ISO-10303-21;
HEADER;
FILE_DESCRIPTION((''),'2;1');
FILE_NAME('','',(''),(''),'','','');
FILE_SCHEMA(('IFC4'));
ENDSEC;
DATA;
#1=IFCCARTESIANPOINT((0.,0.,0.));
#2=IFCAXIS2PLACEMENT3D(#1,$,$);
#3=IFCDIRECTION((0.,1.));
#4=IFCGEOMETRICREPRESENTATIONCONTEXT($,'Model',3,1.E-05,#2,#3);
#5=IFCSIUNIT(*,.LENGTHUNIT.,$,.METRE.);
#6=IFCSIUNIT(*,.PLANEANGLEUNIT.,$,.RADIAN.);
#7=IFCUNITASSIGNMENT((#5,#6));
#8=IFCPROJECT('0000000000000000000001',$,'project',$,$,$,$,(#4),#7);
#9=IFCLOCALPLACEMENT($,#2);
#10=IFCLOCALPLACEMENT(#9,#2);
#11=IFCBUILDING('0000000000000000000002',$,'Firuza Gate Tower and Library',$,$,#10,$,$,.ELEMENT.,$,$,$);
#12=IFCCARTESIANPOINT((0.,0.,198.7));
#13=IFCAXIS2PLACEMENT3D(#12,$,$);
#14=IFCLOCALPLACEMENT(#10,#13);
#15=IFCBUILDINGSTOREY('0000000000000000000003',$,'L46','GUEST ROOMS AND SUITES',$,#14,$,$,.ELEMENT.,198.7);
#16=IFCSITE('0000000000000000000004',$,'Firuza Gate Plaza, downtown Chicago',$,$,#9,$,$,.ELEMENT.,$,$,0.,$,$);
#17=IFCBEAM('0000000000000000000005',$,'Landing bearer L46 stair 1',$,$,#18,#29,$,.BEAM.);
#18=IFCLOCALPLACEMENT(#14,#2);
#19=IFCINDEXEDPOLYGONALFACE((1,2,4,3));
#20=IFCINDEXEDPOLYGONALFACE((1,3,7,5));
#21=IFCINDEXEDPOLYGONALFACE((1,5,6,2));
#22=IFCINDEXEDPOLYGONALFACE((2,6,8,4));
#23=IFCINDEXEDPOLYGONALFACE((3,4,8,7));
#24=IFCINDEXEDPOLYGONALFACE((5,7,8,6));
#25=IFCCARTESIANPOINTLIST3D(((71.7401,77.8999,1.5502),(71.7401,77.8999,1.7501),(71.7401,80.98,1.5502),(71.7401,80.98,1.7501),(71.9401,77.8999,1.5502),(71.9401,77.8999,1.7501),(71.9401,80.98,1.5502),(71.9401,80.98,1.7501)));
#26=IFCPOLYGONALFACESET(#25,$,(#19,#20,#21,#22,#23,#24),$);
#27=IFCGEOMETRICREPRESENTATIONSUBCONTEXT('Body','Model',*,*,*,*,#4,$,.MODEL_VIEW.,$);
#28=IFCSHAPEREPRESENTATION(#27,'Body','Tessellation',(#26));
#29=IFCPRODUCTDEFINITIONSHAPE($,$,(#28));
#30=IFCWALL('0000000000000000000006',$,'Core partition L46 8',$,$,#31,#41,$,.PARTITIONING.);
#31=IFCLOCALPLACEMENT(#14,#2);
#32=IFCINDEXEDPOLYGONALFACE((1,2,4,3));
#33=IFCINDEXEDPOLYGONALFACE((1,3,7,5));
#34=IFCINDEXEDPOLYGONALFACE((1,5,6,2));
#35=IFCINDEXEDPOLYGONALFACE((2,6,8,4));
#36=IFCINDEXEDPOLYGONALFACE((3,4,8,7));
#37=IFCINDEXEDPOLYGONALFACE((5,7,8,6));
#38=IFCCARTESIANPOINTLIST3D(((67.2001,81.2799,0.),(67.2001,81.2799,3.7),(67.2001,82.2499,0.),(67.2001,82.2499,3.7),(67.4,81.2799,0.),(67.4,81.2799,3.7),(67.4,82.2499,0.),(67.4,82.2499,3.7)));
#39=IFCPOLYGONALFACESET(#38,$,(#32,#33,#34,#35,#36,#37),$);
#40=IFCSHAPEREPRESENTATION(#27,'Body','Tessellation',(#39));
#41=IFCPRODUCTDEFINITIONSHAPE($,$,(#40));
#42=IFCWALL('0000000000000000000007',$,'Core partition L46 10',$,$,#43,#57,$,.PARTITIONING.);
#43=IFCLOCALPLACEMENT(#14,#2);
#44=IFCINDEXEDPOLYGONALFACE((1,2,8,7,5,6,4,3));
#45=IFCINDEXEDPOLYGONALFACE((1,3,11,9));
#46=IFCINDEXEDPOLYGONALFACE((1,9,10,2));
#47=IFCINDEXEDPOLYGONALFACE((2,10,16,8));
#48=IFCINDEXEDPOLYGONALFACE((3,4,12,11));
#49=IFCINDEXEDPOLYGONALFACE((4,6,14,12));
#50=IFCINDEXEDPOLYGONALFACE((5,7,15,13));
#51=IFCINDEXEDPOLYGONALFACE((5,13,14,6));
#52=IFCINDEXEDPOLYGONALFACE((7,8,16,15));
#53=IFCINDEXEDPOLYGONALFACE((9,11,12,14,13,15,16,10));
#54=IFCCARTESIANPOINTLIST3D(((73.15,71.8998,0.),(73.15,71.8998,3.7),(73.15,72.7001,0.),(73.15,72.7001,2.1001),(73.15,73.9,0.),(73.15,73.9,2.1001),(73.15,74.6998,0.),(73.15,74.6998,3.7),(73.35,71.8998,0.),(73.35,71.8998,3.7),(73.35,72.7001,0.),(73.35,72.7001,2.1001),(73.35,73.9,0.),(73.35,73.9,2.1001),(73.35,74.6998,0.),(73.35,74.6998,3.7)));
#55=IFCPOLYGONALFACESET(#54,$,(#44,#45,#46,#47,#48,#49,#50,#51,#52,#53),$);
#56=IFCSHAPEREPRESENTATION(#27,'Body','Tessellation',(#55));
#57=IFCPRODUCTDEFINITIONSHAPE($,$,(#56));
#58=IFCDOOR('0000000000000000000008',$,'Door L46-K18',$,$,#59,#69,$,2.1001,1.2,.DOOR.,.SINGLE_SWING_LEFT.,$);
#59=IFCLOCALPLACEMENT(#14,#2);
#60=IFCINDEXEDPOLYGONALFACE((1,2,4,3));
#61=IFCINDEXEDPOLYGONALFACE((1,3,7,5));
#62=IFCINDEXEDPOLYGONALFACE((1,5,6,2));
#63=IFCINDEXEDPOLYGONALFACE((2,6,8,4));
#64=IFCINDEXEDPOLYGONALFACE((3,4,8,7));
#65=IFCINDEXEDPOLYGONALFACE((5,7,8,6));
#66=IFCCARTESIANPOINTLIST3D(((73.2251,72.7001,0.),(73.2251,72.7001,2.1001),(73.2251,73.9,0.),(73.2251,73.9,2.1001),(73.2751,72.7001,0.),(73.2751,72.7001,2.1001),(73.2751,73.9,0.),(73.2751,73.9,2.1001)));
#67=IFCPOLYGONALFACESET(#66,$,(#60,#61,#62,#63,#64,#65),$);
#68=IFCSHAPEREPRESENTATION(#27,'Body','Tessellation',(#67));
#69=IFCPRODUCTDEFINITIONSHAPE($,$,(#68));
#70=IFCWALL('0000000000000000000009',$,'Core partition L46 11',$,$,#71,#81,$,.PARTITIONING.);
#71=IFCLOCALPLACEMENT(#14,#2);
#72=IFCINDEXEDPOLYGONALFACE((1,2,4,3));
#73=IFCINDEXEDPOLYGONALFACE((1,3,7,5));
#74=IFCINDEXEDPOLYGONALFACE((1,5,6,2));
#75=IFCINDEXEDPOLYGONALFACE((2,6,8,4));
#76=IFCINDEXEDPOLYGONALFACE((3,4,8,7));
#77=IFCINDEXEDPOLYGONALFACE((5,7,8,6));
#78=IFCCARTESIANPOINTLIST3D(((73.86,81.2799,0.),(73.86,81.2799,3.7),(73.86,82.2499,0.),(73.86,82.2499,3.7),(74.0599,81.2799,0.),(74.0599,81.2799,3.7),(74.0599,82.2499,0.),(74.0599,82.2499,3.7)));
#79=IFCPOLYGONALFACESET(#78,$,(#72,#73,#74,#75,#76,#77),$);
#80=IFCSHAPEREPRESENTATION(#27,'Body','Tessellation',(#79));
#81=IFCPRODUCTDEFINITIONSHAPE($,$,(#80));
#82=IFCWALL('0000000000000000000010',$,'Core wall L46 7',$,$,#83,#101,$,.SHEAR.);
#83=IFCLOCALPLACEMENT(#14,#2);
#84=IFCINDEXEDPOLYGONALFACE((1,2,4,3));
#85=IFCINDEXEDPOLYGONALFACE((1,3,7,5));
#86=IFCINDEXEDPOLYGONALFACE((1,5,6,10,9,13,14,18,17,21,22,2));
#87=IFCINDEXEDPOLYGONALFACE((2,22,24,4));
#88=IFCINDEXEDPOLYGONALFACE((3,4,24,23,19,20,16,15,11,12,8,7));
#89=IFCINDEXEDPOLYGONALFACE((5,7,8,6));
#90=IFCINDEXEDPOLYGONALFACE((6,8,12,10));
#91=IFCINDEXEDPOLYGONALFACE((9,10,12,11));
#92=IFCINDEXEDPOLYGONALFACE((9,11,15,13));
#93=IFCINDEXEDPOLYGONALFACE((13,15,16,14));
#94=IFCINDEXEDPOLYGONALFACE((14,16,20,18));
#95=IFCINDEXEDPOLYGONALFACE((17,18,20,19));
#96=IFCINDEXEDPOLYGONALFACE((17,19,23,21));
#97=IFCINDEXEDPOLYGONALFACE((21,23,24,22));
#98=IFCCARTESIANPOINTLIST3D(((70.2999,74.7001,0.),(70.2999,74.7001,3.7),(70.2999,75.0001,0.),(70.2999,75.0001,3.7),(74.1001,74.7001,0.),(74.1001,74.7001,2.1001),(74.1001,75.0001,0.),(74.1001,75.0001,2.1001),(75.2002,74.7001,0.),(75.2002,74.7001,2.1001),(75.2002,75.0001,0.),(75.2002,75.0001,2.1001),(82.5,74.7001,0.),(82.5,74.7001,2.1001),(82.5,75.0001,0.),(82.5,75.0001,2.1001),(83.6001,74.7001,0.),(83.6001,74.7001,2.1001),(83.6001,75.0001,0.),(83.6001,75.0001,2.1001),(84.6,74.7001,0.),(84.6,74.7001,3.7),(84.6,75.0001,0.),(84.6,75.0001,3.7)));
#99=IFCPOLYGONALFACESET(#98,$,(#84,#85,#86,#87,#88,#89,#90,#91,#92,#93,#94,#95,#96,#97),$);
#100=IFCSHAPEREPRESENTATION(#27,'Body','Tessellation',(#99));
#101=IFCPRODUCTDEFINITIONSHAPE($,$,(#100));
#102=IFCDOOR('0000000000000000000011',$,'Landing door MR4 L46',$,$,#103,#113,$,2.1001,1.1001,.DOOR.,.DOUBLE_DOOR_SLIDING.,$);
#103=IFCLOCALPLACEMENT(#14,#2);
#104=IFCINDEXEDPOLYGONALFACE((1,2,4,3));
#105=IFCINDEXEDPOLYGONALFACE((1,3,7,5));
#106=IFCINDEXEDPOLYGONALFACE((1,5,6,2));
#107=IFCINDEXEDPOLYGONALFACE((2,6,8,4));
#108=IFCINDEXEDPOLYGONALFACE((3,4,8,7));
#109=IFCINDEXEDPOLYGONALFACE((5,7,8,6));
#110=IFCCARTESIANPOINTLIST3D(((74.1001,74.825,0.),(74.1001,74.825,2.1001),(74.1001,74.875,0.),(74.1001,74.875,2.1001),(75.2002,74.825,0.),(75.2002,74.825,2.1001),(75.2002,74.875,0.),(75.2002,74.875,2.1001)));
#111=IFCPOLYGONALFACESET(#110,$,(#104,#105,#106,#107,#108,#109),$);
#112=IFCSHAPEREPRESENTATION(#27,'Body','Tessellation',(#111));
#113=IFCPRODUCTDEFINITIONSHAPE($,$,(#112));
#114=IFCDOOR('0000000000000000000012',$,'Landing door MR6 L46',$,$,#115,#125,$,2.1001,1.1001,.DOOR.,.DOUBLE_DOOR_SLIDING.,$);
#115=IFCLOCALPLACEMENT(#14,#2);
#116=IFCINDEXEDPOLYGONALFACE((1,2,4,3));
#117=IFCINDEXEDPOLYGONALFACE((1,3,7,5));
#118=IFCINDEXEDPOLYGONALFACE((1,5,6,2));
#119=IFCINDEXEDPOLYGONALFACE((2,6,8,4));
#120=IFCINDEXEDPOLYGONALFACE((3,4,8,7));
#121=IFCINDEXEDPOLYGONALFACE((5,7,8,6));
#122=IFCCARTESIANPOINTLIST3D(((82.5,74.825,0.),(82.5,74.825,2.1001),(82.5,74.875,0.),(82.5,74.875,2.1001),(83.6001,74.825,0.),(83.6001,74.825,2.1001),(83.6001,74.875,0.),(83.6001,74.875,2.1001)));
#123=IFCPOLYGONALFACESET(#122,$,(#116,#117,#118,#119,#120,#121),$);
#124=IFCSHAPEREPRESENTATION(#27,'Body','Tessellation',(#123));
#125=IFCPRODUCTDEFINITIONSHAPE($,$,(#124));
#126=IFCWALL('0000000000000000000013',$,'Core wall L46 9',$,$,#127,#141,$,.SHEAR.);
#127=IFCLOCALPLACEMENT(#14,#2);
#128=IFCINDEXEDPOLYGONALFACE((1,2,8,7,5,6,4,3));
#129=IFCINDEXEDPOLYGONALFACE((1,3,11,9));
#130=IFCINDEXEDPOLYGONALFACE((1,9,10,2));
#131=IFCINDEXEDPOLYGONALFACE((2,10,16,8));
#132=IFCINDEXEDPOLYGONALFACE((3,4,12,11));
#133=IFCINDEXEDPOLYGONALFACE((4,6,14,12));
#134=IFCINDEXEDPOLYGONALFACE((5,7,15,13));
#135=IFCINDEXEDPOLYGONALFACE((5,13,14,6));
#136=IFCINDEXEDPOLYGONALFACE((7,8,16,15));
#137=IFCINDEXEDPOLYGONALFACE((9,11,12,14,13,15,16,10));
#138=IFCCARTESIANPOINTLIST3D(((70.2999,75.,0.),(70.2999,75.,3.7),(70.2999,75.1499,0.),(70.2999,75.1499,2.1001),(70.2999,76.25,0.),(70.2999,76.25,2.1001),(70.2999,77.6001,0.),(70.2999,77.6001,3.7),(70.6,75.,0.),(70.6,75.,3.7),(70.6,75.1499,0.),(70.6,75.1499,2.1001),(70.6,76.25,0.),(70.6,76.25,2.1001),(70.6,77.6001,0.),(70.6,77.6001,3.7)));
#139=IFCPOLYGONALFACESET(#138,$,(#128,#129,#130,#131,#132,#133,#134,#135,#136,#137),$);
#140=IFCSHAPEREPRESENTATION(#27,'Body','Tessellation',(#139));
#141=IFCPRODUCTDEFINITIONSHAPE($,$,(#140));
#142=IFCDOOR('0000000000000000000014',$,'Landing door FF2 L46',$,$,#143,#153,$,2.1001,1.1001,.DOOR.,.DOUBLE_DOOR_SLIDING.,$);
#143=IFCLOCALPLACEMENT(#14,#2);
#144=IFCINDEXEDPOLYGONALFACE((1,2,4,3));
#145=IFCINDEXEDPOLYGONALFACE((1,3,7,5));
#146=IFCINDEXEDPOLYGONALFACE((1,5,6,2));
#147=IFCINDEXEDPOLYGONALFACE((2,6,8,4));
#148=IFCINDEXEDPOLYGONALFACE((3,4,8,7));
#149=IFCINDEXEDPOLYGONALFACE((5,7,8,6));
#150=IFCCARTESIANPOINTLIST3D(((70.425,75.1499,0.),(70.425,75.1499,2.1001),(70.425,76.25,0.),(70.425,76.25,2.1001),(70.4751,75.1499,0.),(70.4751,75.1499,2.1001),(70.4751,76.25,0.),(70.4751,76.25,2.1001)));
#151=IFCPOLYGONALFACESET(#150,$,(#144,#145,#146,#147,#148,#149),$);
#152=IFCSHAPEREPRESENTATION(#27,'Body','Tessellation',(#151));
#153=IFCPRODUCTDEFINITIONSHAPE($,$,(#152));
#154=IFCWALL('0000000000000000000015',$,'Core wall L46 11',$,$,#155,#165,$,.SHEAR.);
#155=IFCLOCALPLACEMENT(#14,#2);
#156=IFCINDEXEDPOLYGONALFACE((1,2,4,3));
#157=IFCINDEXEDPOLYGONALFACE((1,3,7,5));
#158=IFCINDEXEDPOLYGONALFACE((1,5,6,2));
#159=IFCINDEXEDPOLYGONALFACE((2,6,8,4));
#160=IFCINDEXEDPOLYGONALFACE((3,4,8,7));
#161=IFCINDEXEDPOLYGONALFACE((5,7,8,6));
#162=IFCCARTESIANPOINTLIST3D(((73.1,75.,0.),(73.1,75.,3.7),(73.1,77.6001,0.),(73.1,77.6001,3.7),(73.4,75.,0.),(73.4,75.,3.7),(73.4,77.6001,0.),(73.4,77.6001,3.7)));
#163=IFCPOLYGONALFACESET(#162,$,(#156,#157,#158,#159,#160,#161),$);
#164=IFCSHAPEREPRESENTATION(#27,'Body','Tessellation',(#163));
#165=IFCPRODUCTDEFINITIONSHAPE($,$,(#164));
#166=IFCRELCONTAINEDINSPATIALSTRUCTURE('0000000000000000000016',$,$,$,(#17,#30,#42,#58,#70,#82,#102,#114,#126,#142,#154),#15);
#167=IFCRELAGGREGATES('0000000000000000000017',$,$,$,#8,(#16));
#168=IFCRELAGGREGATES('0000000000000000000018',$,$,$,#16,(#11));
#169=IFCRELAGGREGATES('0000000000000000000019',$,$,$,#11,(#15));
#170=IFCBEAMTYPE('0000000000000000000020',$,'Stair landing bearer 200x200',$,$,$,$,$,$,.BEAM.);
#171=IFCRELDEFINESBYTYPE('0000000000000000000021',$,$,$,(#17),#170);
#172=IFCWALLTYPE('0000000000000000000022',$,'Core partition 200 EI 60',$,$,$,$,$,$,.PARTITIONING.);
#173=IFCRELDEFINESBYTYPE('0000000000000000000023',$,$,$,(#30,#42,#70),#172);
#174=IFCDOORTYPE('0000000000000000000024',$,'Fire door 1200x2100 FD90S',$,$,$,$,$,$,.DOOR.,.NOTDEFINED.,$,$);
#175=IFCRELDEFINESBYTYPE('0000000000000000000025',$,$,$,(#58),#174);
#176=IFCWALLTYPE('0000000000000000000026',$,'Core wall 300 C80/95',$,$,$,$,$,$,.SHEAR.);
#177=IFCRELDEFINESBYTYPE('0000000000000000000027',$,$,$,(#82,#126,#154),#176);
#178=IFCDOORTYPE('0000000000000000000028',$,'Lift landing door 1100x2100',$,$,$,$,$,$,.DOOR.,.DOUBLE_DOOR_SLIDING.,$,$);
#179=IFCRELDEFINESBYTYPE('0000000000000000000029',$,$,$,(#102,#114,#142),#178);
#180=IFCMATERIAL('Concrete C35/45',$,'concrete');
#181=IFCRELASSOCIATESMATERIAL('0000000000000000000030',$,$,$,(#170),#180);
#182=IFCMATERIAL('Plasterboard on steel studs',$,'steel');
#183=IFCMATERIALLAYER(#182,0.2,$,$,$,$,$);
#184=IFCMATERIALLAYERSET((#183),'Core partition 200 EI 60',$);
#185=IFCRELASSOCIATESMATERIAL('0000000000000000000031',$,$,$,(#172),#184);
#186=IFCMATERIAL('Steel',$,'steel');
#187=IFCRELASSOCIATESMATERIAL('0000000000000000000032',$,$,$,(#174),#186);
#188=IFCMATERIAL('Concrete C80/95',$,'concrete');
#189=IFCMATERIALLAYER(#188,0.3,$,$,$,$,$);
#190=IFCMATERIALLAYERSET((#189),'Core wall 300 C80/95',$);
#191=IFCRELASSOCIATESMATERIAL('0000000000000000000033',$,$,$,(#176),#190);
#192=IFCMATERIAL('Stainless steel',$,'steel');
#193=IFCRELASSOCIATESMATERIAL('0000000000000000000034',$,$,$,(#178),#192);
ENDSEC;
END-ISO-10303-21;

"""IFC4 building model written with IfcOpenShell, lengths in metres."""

from ifc_helpers import new_model, si_unit, direction, frame, frame_2d, origin, origin_2d, place, context, subcontext, project, spatial, rectangle, extrude, material, layer, layer_set, material_profile, profile_set, type_object, element, fill, save


model = new_model("IFC4")

# Units and contexts
model_context = context("Model", 3, precision=1e-05, world=origin(), true_north=direction((0.0, 1.0)))
body_context = subcontext(model_context, "Body", "Model", "MODEL_VIEW")
ifc_project = project(units=[si_unit("LENGTHUNIT", "METRE"), si_unit("PLANEANGLEUNIT", "RADIAN")], contexts=[model_context])

# Site, building, storey
site_placement = place(None, origin())
site = spatial("IfcSite", under=ifc_project, at=site_placement, Name="Firuza Gate Plaza, downtown Chicago", CompositionType="ELEMENT", RefElevation=0.0)
building_placement = place(site_placement, origin())
building = spatial("IfcBuilding", under=site, at=building_placement, Name="Firuza Gate Tower and Library", CompositionType="ELEMENT")
storey_placement = place(building_placement, frame((0.0, 0.0, 198.7)))
storey = spatial("IfcBuildingStorey", under=building, at=storey_placement, Name="L46", Description="GUEST ROOMS AND SUITES", CompositionType="ELEMENT", Elevation=198.7)

# Beam
ifc_material_1 = material(Name="Concrete C35/45", Category="concrete")
ifc_material_profile = material_profile(ifc_material_1, rectangle(XDim=0.2, YDim=0.2, at=origin_2d()))
ifc_profile_set = profile_set([ifc_material_profile], Name="Concrete C35/45")
beam_type = type_object("IfcBeamType", Name="Stair landing bearer 200x200", PredefinedType="BEAM", material=ifc_profile_set)
beam_placement = place(storey_placement, frame((71.8401, 77.8999, 1.6501), z_axis=(0.0, 1.0, 0.0), x_axis=(-1.0, 0.0, 0.0)))
element("IfcBeam", 1, at=beam_placement, inside=storey, type_object=beam_type, Name="Landing bearer L46 stair 1", PredefinedType="BEAM", context=body_context, shape_type="SweptSolid", body=[
    extrude(rectangle(XDim=0.2, YDim=0.2, at=origin_2d()), origin(), (0.0, 0.0, 1.0), 3.0801),
])

# Wall
ifc_material_2 = material(Name="Plasterboard on steel studs", Category="steel")
ifc_layer_1 = layer(ifc_material_2, 0.2)
ifc_layer_set_1 = layer_set([ifc_layer_1], Name="Core partition 200 EI 60")
wall_type_1 = type_object("IfcWallType", Name="Core partition 200 EI 60", PredefinedType="PARTITIONING", material=ifc_layer_set_1)
wall_1_placement = place(storey_placement, frame((67.3, 81.28, 0.0), z_axis=(0.0, 0.0, 1.0), x_axis=(0.0, 1.0, 0.0)))
element("IfcWall", 2, at=wall_1_placement, inside=storey, type_object=wall_type_1, Name="Core partition L46 8", PredefinedType="PARTITIONING", context=body_context, shape_type="SweptSolid", body=[
    extrude(rectangle(XDim=0.97, YDim=0.2, at=frame_2d((0.4849, 0.0))), origin(), (0.0, 0.0, 1.0), 3.7),
])

# Wall, opening, door
wall_2_placement = place(storey_placement, frame((73.25, 71.8999, 0.0), z_axis=(0.0, 0.0, 1.0), x_axis=(0.0, 1.0, 0.0)))
wall_2 = element("IfcWall", 3, at=wall_2_placement, inside=storey, type_object=wall_type_1, Name="Core partition L46 10", PredefinedType="PARTITIONING", context=body_context, shape_type="SweptSolid", body=[
    extrude(rectangle(XDim=2.8, YDim=0.2, at=frame_2d((1.3999, 0.0))), origin(), (0.0, 0.0, 1.0), 3.7),
])
opening_1_placement = place(wall_2_placement, frame((0.8, 0.0, 0.0)))
opening_1 = element("IfcOpeningElement", 4, at=opening_1_placement, cuts=wall_2, PredefinedType="OPENING", context=body_context, shape_type="SweptSolid", body=[
    extrude(rectangle(XDim=1.2, YDim=2.1001, at=frame_2d((0.6001, 1.05))), frame((0.0, 0.1099, 0.0), z_axis=(0.0, -1.0, 0.0), x_axis=(1.0, 0.0, 0.0)), (0.0, 0.0, 1.0), 0.22),
])
ifc_material_3 = material(Name="Steel", Category="steel")
door_type_1 = type_object("IfcDoorType", Name="Fire door 1200x2100 FD90S", OperationType="NOTDEFINED", PredefinedType="DOOR", material=ifc_material_3)
door_1_placement = place(opening_1_placement, origin())
door_1 = element("IfcDoor", 5, at=door_1_placement, inside=storey, type_object=door_type_1, Name="Door L46-K18", OperationType="SINGLE_SWING_LEFT", OverallHeight=2.1001, OverallWidth=1.2, PredefinedType="DOOR", context=body_context, shape_type="SweptSolid", body=[
    extrude(rectangle(XDim=1.2, YDim=2.1001, at=frame_2d((0.6001, 1.05))), frame((0.0, 0.0249, 0.0), z_axis=(0.0, -1.0, 0.0), x_axis=(1.0, 0.0, 0.0)), (0.0, 0.0, 1.0), 0.05),
])
fill(opening_1, door_1)

# Wall
wall_3_placement = place(storey_placement, frame((73.96, 81.28, 0.0), z_axis=(0.0, 0.0, 1.0), x_axis=(0.0, 1.0, 0.0)))
element("IfcWall", 6, at=wall_3_placement, inside=storey, type_object=wall_type_1, Name="Core partition L46 11", PredefinedType="PARTITIONING", context=body_context, shape_type="SweptSolid", body=[
    extrude(rectangle(XDim=0.97, YDim=0.2, at=frame_2d((0.4849, 0.0))), origin(), (0.0, 0.0, 1.0), 3.7),
])

# Wall, openings, doors
ifc_material_4 = material(Name="Concrete C80/95", Category="concrete")
ifc_layer_2 = layer(ifc_material_4, 0.3)
ifc_layer_set_2 = layer_set([ifc_layer_2], Name="Core wall 300 C80/95")
wall_type_2 = type_object("IfcWallType", Name="Core wall 300 C80/95", PredefinedType="SHEAR", material=ifc_layer_set_2)
wall_4_placement = place(storey_placement, frame((70.3, 74.8501, 0.0), z_axis=(0.0, 0.0, 1.0), x_axis=(1.0, 0.0, 0.0)))
wall_4 = element("IfcWall", 7, at=wall_4_placement, inside=storey, type_object=wall_type_2, Name="Core wall L46 7", PredefinedType="SHEAR", context=body_context, shape_type="SweptSolid", body=[
    extrude(rectangle(XDim=14.3, YDim=0.3, at=frame_2d((7.1499, 0.0))), origin(), (0.0, 0.0, 1.0), 3.7),
])
opening_2_placement = place(wall_4_placement, frame((3.8, 0.0, 0.0)))
opening_2 = element("IfcOpeningElement", 8, at=opening_2_placement, cuts=wall_4, PredefinedType="OPENING", context=body_context, shape_type="SweptSolid", body=[
    extrude(rectangle(XDim=1.1001, YDim=2.1001, at=frame_2d((0.55, 1.05))), frame((0.0, 0.1602, 0.0), z_axis=(0.0, -1.0, 0.0), x_axis=(1.0, 0.0, 0.0)), (0.0, 0.0, 1.0), 0.3201),
])
opening_3_placement = place(wall_4_placement, frame((12.2, 0.0, 0.0)))
opening_3 = element("IfcOpeningElement", 9, at=opening_3_placement, cuts=wall_4, PredefinedType="OPENING", context=body_context, shape_type="SweptSolid", body=[
    extrude(rectangle(XDim=1.1001, YDim=2.1001, at=frame_2d((0.55, 1.05))), frame((0.0, 0.1602, 0.0), z_axis=(0.0, -1.0, 0.0), x_axis=(1.0, 0.0, 0.0)), (0.0, 0.0, 1.0), 0.3201),
])
ifc_material_5 = material(Name="Stainless steel", Category="steel")
door_type_2 = type_object("IfcDoorType", Name="Lift landing door 1100x2100", OperationType="DOUBLE_DOOR_SLIDING", PredefinedType="DOOR", material=ifc_material_5)
door_2_placement = place(opening_2_placement, origin())
door_2 = element("IfcDoor", 10, at=door_2_placement, inside=storey, type_object=door_type_2, Name="Landing door MR4 L46", OperationType="DOUBLE_DOOR_SLIDING", OverallHeight=2.1001, OverallWidth=1.1001, PredefinedType="DOOR", context=body_context, shape_type="SweptSolid", body=[
    extrude(rectangle(XDim=1.1001, YDim=2.1001, at=frame_2d((0.55, 1.05))), frame((0.0, 0.0249, 0.0), z_axis=(0.0, -1.0, 0.0), x_axis=(1.0, 0.0, 0.0)), (0.0, 0.0, 1.0), 0.05),
])
fill(opening_2, door_2)
door_3_placement = place(opening_3_placement, origin())
door_3 = element("IfcDoor", 11, at=door_3_placement, inside=storey, type_object=door_type_2, Name="Landing door MR6 L46", OperationType="DOUBLE_DOOR_SLIDING", OverallHeight=2.1001, OverallWidth=1.1001, PredefinedType="DOOR", context=body_context, shape_type="SweptSolid", body=[
    extrude(rectangle(XDim=1.1001, YDim=2.1001, at=frame_2d((0.55, 1.05))), frame((0.0, 0.0249, 0.0), z_axis=(0.0, -1.0, 0.0), x_axis=(1.0, 0.0, 0.0)), (0.0, 0.0, 1.0), 0.05),
])
fill(opening_3, door_3)

# Wall, opening, door
wall_5_placement = place(storey_placement, frame((70.45, 75.0, 0.0), z_axis=(0.0, 0.0, 1.0), x_axis=(0.0, 1.0, 0.0)))
wall_5 = element("IfcWall", 12, at=wall_5_placement, inside=storey, type_object=wall_type_2, Name="Core wall L46 9", PredefinedType="SHEAR", context=body_context, shape_type="SweptSolid", body=[
    extrude(rectangle(XDim=2.6001, YDim=0.3, at=frame_2d((1.3, 0.0))), origin(), (0.0, 0.0, 1.0), 3.7),
])
opening_4_placement = place(wall_5_placement, frame((0.1499, 0.0, 0.0)))
opening_4 = element("IfcOpeningElement", 13, at=opening_4_placement, cuts=wall_5, PredefinedType="OPENING", context=body_context, shape_type="SweptSolid", body=[
    extrude(rectangle(XDim=1.1001, YDim=2.1001, at=frame_2d((0.55, 1.05))), frame((0.0, 0.1602, 0.0), z_axis=(0.0, -1.0, 0.0), x_axis=(1.0, 0.0, 0.0)), (0.0, 0.0, 1.0), 0.3201),
])
door_4_placement = place(opening_4_placement, origin())
door_4 = element("IfcDoor", 14, at=door_4_placement, inside=storey, type_object=door_type_2, Name="Landing door FF2 L46", OperationType="DOUBLE_DOOR_SLIDING", OverallHeight=2.1001, OverallWidth=1.1001, PredefinedType="DOOR", context=body_context, shape_type="SweptSolid", body=[
    extrude(rectangle(XDim=1.1001, YDim=2.1001, at=frame_2d((0.55, 1.05))), frame((0.0, 0.0249, 0.0), z_axis=(0.0, -1.0, 0.0), x_axis=(1.0, 0.0, 0.0)), (0.0, 0.0, 1.0), 0.05),
])
fill(opening_4, door_4)

# Wall
wall_6_placement = place(storey_placement, frame((73.25, 75.0, 0.0), z_axis=(0.0, 0.0, 1.0), x_axis=(0.0, 1.0, 0.0)))
element("IfcWall", 15, at=wall_6_placement, inside=storey, type_object=wall_type_2, Name="Core wall L46 11", PredefinedType="SHEAR", context=body_context, shape_type="SweptSolid", body=[
    extrude(rectangle(XDim=2.6001, YDim=0.3, at=frame_2d((1.3, 0.0))), origin(), (0.0, 0.0, 1.0), 3.7),
])

save(model, "model.ifc")
